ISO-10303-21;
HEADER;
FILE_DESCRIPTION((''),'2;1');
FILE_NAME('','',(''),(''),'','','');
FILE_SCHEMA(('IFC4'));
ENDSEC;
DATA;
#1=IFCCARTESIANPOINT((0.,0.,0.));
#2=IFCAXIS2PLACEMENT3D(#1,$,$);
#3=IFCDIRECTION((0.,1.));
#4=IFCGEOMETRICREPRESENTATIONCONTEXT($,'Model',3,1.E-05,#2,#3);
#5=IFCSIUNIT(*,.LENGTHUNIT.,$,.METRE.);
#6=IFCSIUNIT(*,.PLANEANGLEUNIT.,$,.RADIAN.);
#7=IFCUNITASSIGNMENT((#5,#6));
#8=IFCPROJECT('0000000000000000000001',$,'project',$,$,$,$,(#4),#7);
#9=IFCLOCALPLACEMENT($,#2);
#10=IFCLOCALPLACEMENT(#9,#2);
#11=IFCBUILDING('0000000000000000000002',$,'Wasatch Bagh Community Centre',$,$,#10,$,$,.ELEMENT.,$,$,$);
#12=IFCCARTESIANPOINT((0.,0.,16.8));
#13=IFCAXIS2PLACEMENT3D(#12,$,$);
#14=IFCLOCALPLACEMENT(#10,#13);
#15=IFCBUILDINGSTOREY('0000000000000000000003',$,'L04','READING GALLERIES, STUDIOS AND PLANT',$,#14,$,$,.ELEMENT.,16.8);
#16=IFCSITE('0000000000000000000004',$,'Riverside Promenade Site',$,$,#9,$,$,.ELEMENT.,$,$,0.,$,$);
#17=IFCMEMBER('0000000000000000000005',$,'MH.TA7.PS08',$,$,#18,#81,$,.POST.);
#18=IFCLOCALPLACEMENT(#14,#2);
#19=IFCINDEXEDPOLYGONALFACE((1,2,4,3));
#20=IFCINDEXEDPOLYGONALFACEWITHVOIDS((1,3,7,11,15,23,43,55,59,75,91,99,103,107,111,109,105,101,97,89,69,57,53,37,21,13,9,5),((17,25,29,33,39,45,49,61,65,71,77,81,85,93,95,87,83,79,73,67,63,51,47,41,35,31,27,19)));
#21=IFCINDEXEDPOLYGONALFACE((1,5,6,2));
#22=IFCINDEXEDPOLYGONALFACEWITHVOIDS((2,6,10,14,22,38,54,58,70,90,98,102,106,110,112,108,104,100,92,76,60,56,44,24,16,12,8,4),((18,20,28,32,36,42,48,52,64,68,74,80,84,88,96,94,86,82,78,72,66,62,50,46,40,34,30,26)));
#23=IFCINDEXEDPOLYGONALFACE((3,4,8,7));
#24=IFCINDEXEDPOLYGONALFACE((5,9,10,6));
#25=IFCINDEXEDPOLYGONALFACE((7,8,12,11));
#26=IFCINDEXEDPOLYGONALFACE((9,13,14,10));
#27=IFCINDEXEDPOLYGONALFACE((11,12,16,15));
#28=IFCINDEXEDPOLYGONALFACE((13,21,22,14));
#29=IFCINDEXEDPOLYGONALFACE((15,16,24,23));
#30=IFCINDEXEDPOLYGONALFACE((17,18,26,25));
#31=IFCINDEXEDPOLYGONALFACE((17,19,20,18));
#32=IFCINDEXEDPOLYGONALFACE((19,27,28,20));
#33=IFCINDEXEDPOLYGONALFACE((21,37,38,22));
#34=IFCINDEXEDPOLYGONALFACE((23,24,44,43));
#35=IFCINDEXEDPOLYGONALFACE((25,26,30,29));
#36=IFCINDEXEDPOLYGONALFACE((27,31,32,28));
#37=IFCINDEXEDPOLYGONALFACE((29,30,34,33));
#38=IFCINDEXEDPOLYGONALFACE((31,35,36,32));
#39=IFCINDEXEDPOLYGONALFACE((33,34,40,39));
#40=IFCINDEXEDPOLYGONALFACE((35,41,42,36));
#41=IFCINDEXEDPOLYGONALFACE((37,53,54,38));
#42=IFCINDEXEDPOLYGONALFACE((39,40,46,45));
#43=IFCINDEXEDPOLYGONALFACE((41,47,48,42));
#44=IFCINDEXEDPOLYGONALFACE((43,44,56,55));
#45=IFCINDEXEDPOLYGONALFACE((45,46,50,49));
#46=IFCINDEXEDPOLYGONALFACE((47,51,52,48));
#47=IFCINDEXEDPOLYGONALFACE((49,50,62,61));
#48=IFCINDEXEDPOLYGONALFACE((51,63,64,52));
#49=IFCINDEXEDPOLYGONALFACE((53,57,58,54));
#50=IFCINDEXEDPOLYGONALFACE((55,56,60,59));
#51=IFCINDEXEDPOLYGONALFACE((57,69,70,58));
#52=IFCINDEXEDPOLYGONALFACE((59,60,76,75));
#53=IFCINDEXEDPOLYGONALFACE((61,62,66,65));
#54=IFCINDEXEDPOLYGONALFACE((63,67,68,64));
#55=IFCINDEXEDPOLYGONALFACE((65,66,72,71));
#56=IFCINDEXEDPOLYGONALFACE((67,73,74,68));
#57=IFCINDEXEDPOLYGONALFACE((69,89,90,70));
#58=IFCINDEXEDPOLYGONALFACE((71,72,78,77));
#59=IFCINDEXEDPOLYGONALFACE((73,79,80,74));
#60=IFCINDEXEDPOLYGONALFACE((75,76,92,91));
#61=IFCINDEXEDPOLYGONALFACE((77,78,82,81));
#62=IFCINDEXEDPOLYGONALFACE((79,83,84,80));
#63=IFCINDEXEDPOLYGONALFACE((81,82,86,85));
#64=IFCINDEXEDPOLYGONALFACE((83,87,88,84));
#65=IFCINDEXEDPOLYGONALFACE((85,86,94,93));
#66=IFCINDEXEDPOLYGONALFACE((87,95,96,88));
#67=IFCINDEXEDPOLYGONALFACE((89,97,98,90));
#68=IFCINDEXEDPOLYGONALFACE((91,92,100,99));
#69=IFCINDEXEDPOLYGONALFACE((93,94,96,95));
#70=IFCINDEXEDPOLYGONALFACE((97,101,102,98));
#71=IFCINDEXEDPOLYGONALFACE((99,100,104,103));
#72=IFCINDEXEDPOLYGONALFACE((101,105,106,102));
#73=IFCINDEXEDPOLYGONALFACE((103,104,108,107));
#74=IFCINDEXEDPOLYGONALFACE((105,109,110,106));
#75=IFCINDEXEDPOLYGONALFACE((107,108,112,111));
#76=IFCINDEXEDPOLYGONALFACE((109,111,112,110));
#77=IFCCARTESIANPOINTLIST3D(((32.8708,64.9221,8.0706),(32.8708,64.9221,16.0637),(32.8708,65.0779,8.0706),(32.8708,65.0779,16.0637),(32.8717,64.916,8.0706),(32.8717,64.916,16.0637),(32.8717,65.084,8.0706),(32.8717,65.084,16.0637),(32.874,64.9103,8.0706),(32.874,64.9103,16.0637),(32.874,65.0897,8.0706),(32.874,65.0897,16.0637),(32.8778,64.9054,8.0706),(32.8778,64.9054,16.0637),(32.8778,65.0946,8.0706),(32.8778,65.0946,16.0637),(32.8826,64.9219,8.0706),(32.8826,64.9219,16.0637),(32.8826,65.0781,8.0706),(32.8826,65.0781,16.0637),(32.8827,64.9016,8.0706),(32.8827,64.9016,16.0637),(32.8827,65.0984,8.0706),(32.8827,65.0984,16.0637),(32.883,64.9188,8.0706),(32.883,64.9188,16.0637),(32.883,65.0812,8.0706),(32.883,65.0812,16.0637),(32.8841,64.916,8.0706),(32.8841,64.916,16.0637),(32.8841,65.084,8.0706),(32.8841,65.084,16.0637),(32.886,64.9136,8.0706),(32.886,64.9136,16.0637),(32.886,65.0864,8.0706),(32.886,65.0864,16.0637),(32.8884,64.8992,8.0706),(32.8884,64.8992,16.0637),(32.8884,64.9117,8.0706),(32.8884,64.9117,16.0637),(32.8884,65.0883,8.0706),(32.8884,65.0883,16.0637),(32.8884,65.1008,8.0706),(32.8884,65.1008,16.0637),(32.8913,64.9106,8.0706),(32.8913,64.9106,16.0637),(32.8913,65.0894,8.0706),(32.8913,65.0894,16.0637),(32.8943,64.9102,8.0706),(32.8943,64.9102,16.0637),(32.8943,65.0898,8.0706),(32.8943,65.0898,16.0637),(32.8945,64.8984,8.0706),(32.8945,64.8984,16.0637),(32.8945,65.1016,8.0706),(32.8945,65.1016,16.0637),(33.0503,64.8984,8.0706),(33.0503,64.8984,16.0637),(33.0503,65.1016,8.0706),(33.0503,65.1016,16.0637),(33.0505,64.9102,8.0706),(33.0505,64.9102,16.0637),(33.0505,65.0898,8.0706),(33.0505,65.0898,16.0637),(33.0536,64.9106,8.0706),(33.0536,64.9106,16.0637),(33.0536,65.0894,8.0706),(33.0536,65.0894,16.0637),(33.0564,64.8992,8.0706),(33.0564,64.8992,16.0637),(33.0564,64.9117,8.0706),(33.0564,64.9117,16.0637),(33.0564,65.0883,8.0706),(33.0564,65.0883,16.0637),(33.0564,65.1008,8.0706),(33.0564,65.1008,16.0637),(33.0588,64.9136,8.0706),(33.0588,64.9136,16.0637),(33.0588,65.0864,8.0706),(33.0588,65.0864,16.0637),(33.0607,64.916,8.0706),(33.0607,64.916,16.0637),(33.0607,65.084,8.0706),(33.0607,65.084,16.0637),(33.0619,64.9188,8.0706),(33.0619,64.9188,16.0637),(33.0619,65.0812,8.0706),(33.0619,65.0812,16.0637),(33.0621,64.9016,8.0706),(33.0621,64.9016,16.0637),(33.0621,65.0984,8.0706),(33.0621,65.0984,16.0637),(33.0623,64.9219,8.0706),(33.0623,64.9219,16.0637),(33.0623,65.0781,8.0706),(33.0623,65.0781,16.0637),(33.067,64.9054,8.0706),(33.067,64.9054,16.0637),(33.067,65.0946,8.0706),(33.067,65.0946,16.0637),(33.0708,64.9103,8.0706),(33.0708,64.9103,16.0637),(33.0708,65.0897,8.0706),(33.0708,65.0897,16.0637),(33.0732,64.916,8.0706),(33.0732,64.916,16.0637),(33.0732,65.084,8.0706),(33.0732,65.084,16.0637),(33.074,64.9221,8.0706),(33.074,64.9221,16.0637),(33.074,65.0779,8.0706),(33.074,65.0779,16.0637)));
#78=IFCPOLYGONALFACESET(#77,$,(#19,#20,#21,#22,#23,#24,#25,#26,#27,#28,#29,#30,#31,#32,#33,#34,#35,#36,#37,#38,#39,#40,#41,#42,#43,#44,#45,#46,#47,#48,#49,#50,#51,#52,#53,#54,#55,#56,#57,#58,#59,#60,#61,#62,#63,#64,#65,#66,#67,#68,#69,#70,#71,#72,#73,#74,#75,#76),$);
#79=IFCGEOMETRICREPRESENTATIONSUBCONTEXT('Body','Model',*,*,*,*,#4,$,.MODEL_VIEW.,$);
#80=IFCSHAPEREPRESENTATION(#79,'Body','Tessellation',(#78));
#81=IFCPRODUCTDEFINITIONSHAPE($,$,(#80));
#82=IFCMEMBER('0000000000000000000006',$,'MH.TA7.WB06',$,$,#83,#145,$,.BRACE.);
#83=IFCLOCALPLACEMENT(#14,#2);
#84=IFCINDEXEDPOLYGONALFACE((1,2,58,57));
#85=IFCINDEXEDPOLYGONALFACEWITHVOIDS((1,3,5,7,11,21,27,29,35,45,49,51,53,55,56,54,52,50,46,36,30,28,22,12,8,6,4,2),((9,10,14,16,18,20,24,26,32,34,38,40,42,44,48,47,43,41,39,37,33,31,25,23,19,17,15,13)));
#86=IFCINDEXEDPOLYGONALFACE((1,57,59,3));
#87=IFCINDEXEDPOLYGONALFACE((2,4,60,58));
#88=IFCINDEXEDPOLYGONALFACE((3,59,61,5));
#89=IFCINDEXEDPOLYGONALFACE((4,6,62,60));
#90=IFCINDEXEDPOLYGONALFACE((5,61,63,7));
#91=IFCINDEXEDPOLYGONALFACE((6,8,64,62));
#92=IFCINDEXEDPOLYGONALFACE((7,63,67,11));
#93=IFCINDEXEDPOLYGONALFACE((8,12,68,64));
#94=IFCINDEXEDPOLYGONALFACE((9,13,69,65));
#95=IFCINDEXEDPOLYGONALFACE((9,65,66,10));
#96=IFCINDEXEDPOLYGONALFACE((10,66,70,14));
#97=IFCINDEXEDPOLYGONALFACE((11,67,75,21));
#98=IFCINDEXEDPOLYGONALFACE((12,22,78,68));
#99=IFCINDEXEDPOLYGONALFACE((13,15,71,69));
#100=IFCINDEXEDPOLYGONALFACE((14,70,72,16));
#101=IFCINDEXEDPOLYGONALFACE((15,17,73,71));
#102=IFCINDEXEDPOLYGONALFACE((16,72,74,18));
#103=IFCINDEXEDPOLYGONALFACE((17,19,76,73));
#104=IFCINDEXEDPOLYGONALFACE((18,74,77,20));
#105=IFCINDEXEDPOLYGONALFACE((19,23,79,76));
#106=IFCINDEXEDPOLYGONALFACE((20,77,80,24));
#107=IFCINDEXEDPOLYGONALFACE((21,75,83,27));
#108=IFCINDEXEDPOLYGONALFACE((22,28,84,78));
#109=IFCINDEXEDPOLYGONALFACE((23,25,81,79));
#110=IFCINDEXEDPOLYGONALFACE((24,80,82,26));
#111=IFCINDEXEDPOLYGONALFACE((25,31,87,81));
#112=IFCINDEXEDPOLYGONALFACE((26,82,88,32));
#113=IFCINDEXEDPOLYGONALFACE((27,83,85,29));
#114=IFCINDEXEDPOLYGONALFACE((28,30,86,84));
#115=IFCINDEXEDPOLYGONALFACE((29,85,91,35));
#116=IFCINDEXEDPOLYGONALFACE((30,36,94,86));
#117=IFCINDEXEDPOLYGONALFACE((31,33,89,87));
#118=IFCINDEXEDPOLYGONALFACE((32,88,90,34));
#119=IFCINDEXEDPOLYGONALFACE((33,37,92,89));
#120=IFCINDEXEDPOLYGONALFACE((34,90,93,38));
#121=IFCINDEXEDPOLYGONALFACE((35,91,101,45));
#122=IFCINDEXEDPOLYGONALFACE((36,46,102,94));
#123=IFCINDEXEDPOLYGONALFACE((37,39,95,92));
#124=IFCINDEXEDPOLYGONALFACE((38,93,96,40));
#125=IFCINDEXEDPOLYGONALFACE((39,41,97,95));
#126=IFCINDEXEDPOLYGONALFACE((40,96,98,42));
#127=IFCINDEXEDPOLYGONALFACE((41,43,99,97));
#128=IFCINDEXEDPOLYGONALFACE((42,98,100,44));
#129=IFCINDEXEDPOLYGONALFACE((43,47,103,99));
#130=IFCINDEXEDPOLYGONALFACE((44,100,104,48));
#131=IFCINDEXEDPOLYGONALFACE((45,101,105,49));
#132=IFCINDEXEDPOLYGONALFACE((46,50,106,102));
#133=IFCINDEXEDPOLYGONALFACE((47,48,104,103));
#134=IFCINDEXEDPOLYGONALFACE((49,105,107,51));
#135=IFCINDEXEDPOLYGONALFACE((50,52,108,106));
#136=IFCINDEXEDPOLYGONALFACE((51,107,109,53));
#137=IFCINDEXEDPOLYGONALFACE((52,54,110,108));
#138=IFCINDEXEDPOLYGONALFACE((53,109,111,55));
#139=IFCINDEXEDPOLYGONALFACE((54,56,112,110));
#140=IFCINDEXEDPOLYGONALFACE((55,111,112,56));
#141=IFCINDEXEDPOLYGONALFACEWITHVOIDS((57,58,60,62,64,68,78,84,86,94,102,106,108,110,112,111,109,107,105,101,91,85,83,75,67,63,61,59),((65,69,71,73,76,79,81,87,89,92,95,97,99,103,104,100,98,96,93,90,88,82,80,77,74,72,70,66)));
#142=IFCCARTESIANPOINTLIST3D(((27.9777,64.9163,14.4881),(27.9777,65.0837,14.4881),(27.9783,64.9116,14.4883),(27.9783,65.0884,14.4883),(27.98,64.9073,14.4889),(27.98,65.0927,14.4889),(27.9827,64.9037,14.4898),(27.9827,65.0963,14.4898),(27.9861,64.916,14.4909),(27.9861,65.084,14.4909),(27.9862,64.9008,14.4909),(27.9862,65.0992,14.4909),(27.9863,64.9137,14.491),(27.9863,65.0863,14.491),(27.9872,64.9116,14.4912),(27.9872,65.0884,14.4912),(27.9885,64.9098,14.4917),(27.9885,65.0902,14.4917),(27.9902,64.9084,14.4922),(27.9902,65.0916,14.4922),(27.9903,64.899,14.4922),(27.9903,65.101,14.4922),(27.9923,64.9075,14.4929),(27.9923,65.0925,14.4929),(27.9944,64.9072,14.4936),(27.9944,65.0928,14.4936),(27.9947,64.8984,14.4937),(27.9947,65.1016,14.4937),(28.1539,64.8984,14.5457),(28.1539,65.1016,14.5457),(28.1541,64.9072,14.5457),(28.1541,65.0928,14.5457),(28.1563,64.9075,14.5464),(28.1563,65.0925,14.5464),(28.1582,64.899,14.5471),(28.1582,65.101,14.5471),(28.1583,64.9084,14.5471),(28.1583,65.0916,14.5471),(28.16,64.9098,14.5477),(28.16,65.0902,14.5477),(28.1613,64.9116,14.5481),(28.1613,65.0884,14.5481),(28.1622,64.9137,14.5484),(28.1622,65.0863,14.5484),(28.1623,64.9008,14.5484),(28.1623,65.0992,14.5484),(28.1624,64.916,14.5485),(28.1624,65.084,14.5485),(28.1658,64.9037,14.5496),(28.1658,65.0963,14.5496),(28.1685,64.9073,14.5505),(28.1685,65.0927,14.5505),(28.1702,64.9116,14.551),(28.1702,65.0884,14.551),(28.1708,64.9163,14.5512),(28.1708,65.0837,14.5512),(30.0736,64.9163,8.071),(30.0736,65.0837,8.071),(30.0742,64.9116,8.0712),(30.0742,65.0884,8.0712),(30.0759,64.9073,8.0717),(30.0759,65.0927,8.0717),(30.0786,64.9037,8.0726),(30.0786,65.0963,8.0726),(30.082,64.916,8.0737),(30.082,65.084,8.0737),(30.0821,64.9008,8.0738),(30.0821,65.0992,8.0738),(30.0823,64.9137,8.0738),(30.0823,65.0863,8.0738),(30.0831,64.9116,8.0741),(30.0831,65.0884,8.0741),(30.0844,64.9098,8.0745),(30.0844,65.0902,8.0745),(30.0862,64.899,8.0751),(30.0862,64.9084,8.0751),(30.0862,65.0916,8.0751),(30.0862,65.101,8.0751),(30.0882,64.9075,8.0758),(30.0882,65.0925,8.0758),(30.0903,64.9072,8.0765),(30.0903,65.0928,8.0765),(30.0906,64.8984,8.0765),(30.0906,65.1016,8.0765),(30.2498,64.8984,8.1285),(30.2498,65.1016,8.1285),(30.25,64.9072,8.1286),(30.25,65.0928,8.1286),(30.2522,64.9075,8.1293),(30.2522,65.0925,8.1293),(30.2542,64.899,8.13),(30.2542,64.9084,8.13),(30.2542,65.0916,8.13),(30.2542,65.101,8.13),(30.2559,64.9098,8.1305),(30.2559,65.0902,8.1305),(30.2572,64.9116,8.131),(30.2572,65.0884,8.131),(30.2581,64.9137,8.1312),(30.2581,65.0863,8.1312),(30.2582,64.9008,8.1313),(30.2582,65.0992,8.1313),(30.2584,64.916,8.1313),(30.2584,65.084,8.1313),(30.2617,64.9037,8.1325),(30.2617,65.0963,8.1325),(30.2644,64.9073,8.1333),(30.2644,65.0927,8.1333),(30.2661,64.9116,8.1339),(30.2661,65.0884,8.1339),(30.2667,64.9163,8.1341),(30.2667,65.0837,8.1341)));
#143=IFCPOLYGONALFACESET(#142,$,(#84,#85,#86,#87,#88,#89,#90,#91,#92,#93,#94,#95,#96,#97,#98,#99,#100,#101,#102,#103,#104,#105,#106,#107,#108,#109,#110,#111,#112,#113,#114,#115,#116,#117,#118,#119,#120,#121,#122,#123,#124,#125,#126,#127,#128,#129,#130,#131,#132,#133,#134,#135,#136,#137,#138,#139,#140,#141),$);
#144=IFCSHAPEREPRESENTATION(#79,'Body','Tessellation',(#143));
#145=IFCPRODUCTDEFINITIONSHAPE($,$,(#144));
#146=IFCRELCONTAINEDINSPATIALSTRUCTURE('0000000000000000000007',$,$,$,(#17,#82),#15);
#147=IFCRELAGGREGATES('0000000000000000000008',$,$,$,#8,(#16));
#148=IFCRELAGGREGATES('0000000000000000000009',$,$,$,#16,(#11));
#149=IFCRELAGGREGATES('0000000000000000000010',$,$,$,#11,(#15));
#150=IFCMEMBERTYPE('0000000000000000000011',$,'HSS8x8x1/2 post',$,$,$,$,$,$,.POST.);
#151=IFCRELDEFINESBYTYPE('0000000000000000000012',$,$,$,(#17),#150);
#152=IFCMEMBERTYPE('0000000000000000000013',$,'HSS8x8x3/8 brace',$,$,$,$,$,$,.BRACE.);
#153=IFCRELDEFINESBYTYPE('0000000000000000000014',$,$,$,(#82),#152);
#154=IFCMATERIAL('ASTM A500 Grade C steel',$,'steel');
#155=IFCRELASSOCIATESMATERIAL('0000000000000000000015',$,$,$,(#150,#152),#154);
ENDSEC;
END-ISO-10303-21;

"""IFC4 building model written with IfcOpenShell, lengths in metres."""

from ifc_helpers import new_model, si_unit, direction, frame, origin, origin_2d, place, context, subcontext, project, spatial, hollow_rectangle, extrude, material, material_profile, profile_set, type_object, element, save


model = new_model("IFC4")

# Units and contexts
model_context = context("Model", 3, precision=1e-05, world=origin(), true_north=direction((0.0, 1.0)))
body_context = subcontext(model_context, "Body", "Model", "MODEL_VIEW")
ifc_project = project(units=[si_unit("LENGTHUNIT", "METRE"), si_unit("PLANEANGLEUNIT", "RADIAN")], contexts=[model_context])

# Site, building, storey
site_placement = place(None, origin())
site = spatial("IfcSite", under=ifc_project, at=site_placement, Name="Riverside Promenade Site", CompositionType="ELEMENT", RefElevation=0.0)
building_placement = place(site_placement, origin())
building = spatial("IfcBuilding", under=site, at=building_placement, Name="Wasatch Bagh Community Centre", CompositionType="ELEMENT")
storey_placement = place(building_placement, frame((0.0, 0.0, 16.8)))
storey = spatial("IfcBuildingStorey", under=building, at=storey_placement, Name="L04", Description="READING GALLERIES, STUDIOS AND PLANT", CompositionType="ELEMENT", Elevation=16.8)

# Members
ifc_material_1 = material(Name="ASTM A500 Grade C steel", Category="steel")
ifc_material_profile_1 = material_profile(ifc_material_1, hollow_rectangle(XDim=0.2031, YDim=0.2031, WallThickness=0.0117, InnerFilletRadius=0.0117, OuterFilletRadius=0.0237, at=origin_2d()), Name="HSS8x8x1/2")
ifc_profile_set_1 = profile_set([ifc_material_profile_1], Name="ASTM A500 Grade C steel")
member_type_1 = type_object("IfcMemberType", Name="HSS8x8x1/2 post", PredefinedType="POST", material=ifc_profile_set_1)
member_1_placement = place(storey_placement, frame((32.9724, 65.0, 8.0706), z_axis=(0.0, 0.0, 1.0), x_axis=(1.0, 0.0, 0.0)))
element("IfcMember", 1, at=member_1_placement, inside=storey, type_object=member_type_1, Name="MH.TA7.PS08", PredefinedType="POST", context=body_context, shape_type="SweptSolid", body=[
    extrude(hollow_rectangle(XDim=0.2031, YDim=0.2031, WallThickness=0.0117, InnerFilletRadius=0.0117, OuterFilletRadius=0.0237, at=origin_2d()), origin(), (0.0, 0.0, 1.0), 7.9932),
])
ifc_material_profile_2 = material_profile(ifc_material_1, hollow_rectangle(XDim=0.2031, YDim=0.2031, WallThickness=0.0088, InnerFilletRadius=0.0088, OuterFilletRadius=0.0178, at=origin_2d()), Name="HSS8x8x3/8")
ifc_profile_set_2 = profile_set([ifc_material_profile_2], Name="ASTM A500 Grade C steel")
member_type_2 = type_object("IfcMemberType", Name="HSS8x8x3/8 brace", PredefinedType="BRACE", material=ifc_profile_set_2)
member_2_placement = place(storey_placement, frame((30.1702, 65.0, 8.1025), z_axis=(-0.310472, 0.0, 0.950583), x_axis=(0.0, -1.0, 0.0)))
element("IfcMember", 2, at=member_2_placement, inside=storey, type_object=member_type_2, Name="MH.TA7.WB06", PredefinedType="BRACE", context=body_context, shape_type="SweptSolid", body=[
    extrude(hollow_rectangle(XDim=0.2031, YDim=0.2031, WallThickness=0.0088, InnerFilletRadius=0.0088, OuterFilletRadius=0.0178, at=origin_2d()), origin(), (0.0, 0.0, 1.0), 6.7507),
])

save(model, "model.ifc")
